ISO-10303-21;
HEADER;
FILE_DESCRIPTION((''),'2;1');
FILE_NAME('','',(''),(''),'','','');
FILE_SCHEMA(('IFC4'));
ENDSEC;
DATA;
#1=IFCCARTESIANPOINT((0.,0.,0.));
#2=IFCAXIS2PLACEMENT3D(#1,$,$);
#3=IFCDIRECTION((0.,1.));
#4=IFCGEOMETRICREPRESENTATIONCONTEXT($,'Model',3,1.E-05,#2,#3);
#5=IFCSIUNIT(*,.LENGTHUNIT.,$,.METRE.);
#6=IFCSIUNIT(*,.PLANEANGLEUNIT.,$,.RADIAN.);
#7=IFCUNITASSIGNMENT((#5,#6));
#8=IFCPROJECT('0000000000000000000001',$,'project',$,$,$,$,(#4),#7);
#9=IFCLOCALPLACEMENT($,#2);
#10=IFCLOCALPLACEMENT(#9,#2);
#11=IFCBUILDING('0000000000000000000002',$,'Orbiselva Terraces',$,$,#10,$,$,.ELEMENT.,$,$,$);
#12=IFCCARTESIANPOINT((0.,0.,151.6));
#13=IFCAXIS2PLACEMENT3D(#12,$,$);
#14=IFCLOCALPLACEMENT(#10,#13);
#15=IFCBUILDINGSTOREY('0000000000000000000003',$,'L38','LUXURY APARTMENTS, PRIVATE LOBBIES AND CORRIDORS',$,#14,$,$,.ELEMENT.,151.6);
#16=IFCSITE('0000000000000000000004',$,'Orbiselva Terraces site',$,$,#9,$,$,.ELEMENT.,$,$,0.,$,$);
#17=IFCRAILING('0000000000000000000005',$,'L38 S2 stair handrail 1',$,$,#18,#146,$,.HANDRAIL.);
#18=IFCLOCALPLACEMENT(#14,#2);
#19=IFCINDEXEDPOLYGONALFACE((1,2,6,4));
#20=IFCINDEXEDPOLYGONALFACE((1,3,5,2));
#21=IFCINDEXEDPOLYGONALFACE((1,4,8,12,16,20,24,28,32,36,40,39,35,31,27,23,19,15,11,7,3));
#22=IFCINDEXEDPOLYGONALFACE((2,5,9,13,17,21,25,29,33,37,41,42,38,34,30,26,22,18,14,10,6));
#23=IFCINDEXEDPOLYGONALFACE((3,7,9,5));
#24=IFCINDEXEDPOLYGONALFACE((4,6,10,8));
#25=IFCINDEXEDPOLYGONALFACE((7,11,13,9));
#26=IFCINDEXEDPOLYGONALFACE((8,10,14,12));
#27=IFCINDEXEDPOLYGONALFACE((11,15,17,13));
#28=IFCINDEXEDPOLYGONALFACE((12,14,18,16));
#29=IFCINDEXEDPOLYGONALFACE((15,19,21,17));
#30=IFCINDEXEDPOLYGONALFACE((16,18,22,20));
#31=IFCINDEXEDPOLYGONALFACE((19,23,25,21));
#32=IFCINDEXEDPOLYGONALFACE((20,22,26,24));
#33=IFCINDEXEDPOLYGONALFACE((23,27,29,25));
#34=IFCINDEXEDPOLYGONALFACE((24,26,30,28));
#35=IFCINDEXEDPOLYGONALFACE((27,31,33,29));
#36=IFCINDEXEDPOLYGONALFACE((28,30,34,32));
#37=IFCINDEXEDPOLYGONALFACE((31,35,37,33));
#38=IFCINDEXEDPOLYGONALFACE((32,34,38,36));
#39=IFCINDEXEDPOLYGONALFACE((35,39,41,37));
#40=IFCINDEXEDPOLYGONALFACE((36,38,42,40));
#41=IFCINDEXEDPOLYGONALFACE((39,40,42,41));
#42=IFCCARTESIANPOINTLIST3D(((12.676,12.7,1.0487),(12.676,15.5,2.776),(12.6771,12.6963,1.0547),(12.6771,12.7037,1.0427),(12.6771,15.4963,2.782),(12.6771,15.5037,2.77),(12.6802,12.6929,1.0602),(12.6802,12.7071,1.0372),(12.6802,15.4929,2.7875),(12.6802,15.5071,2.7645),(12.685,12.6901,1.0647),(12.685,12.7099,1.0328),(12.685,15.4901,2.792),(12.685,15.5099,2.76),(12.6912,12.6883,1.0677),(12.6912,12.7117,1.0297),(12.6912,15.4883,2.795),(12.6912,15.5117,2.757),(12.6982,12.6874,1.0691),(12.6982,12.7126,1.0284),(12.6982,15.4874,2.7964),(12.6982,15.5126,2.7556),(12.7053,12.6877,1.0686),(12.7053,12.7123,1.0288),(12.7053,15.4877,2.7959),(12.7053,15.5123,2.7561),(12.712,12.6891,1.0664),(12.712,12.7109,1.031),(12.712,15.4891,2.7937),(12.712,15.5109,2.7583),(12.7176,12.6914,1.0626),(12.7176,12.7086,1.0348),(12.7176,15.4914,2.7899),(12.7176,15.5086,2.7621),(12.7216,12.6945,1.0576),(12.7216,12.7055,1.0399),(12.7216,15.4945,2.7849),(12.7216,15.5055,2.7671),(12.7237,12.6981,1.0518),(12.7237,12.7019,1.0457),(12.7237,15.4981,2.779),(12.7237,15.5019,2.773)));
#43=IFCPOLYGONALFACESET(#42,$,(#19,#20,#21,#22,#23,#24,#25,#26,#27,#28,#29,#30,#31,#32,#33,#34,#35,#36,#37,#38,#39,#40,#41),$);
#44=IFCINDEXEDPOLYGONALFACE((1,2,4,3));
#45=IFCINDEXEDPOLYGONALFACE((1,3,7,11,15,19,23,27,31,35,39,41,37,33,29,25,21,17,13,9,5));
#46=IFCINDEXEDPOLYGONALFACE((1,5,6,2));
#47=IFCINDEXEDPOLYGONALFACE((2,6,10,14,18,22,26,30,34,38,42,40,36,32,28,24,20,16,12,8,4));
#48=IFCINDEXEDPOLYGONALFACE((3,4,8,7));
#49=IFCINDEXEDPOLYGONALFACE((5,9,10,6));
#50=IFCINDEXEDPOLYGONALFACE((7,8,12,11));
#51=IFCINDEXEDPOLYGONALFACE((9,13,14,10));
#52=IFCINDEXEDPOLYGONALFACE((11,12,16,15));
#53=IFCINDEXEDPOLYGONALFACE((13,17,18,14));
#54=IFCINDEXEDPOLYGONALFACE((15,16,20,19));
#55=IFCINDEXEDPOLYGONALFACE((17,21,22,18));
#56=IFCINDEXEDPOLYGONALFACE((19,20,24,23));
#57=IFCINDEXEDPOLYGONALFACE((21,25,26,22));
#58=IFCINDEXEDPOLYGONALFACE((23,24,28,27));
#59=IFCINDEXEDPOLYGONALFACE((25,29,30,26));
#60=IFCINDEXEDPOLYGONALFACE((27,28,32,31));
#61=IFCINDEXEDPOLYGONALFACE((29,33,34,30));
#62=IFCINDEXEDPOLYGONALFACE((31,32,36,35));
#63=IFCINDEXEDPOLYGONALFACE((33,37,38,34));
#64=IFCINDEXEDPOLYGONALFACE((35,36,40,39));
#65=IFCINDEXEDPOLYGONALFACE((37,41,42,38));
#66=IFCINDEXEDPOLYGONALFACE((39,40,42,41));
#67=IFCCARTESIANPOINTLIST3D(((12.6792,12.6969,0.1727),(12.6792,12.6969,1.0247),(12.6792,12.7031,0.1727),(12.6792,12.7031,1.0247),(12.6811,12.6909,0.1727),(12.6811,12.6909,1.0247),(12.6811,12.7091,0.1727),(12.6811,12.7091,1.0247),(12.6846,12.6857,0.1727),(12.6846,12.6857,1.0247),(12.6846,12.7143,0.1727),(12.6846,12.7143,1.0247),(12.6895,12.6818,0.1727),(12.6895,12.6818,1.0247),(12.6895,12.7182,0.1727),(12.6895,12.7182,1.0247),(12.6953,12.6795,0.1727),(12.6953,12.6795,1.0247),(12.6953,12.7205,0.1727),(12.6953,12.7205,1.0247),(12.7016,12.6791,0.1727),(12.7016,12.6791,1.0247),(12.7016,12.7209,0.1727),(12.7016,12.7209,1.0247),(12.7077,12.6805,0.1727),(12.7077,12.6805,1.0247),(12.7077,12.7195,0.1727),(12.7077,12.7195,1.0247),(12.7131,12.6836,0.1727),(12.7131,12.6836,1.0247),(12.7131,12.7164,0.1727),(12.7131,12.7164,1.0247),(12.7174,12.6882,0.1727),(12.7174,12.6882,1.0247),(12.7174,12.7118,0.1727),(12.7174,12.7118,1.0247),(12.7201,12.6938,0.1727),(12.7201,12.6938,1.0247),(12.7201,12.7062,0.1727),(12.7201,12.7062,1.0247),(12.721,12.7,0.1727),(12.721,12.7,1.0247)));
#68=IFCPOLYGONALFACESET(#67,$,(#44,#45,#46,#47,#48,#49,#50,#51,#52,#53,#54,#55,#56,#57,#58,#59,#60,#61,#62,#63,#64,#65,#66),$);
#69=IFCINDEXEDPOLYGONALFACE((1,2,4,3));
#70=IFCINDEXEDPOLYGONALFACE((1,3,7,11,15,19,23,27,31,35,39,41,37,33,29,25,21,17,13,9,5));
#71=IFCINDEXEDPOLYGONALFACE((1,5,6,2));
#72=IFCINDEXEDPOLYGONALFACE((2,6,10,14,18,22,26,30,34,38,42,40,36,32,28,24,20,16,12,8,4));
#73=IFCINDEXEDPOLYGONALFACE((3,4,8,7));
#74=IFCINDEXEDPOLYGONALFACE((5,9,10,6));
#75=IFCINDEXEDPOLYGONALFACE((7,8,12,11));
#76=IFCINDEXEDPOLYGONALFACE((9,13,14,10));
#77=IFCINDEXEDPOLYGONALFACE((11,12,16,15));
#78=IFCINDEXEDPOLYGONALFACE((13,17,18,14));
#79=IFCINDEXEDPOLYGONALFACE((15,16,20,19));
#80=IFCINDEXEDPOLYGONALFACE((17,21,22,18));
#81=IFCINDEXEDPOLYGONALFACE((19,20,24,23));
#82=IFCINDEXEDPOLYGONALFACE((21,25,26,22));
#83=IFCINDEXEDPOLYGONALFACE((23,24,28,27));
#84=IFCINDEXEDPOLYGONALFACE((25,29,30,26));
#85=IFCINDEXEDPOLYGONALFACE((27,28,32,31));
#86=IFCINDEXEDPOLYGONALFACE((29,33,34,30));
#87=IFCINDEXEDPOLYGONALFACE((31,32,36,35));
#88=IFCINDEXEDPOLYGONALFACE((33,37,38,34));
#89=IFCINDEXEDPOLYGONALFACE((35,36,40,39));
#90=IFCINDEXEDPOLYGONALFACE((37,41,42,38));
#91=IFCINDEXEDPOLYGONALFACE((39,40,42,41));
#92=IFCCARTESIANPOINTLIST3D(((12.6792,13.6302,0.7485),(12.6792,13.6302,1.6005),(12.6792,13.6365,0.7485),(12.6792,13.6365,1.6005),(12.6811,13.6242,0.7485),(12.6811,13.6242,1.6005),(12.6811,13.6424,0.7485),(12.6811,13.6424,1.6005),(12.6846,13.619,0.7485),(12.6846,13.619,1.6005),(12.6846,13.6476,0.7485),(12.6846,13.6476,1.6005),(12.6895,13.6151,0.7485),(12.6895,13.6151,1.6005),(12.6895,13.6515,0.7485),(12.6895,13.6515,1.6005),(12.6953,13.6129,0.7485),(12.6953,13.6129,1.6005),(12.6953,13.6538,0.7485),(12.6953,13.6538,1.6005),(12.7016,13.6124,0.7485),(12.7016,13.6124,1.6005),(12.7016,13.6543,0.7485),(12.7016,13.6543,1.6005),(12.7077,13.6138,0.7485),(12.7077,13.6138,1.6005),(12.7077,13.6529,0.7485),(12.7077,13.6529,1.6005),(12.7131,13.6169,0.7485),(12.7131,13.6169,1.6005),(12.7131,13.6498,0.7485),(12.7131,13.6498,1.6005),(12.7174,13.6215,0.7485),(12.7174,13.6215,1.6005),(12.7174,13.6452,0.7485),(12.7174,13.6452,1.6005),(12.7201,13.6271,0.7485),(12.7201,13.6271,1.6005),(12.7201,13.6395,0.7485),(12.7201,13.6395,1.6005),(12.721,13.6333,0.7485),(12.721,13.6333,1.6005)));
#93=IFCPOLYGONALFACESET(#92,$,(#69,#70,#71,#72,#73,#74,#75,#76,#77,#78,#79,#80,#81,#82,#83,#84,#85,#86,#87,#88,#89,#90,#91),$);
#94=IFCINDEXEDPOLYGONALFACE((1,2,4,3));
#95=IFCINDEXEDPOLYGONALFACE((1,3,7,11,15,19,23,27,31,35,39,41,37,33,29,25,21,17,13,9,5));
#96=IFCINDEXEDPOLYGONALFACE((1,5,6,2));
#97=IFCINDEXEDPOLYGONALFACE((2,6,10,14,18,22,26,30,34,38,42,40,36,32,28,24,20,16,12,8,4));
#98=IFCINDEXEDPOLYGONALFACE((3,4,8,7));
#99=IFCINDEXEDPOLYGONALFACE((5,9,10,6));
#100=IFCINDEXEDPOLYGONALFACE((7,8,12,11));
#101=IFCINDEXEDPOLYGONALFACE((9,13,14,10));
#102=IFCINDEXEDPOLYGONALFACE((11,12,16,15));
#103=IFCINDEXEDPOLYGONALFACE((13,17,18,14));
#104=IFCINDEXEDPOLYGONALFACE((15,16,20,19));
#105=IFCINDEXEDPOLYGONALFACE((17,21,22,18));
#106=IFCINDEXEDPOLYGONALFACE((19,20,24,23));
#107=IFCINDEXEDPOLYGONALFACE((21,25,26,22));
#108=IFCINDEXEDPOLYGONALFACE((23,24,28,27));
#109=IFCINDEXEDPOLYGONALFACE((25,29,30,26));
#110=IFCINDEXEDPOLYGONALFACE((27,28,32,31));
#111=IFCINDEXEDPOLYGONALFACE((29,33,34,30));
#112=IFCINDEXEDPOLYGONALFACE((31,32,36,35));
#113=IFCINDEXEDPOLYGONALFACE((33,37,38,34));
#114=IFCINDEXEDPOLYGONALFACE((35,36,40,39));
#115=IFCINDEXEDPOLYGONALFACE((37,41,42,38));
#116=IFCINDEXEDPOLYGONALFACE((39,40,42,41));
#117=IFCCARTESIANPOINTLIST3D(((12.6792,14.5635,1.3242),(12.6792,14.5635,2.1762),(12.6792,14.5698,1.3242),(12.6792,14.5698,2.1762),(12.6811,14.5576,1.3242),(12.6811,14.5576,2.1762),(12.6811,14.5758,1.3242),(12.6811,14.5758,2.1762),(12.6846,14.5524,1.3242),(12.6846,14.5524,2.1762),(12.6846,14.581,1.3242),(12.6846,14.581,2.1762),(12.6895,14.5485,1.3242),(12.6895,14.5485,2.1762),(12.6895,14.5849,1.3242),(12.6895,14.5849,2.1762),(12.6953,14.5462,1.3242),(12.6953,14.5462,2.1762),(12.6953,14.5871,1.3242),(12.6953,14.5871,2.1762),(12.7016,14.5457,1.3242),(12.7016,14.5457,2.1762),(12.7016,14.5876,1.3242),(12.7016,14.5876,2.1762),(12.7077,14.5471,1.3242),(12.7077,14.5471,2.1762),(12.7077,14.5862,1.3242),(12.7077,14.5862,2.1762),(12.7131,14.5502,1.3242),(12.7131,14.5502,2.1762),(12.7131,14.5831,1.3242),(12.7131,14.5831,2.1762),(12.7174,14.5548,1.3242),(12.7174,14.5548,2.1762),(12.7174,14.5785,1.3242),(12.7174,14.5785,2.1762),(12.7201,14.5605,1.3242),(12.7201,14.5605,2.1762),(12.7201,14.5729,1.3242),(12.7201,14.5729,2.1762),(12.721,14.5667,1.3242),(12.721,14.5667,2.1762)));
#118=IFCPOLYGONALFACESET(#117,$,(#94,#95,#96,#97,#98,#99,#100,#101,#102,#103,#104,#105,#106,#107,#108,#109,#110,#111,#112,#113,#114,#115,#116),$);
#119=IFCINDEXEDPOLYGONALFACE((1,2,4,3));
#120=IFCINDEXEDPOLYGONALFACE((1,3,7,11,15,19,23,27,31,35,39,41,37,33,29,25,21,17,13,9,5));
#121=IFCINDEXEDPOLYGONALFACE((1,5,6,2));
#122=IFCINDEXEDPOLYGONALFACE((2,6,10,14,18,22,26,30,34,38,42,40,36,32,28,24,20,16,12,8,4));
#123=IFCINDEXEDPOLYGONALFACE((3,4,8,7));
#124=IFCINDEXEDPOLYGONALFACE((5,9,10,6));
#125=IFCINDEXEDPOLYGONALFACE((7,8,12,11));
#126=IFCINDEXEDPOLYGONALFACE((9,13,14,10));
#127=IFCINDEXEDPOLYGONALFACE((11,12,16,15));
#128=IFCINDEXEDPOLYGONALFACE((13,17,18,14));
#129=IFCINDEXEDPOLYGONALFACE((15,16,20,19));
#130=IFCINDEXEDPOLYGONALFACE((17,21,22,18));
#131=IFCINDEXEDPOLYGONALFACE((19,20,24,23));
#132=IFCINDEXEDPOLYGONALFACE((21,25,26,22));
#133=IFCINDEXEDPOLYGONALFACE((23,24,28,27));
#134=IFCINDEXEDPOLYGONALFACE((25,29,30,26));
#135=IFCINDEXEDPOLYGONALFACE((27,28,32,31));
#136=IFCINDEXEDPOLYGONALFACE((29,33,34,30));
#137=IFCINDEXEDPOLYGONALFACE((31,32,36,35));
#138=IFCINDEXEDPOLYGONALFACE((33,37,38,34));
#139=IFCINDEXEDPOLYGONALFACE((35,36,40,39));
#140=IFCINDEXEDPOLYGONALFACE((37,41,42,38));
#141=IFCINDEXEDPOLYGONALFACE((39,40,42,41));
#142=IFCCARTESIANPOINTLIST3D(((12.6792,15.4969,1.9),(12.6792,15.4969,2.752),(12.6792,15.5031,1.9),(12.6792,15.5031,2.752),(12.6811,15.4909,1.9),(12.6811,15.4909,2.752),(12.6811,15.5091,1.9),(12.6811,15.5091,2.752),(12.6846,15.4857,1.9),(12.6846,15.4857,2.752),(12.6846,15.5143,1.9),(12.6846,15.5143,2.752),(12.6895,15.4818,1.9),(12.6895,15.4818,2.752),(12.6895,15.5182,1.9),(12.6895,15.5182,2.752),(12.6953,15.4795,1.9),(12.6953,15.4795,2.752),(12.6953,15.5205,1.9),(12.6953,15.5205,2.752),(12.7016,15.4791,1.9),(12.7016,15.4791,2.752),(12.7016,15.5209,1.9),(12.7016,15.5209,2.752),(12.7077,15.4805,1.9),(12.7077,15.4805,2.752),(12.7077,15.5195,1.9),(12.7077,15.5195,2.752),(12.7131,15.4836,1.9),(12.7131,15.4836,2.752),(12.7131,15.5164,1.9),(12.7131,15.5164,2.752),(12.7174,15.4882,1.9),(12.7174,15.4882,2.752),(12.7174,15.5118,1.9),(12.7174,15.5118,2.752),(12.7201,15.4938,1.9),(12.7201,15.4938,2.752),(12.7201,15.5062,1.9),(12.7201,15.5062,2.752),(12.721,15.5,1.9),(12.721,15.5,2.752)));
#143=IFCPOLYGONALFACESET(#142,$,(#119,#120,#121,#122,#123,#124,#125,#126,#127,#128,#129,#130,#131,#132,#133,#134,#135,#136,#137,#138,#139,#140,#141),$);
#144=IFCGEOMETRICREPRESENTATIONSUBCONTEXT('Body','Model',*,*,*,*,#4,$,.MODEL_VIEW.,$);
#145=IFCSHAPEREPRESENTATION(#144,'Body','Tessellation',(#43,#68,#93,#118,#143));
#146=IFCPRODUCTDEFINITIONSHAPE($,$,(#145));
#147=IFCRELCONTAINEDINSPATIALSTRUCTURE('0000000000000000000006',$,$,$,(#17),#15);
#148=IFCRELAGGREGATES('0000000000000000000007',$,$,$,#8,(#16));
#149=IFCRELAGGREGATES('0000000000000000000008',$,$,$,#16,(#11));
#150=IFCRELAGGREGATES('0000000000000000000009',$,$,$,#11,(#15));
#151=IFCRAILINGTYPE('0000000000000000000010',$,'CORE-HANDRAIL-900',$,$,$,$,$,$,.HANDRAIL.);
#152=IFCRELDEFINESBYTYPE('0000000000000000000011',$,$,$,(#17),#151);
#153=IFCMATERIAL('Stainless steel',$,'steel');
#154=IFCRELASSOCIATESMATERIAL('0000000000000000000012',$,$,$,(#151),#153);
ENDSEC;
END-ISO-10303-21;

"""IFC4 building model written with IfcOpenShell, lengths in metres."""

from ifc_helpers import new_model, si_unit, direction, frame, origin, origin_2d, place, context, subcontext, project, spatial, circle, extrude, material, type_object, element, save


model = new_model("IFC4")

# Units and contexts
model_context = context("Model", 3, precision=1e-05, world=origin(), true_north=direction((0.0, 1.0)))
body_context = subcontext(model_context, "Body", "Model", "MODEL_VIEW")
ifc_project = project(units=[si_unit("LENGTHUNIT", "METRE"), si_unit("PLANEANGLEUNIT", "RADIAN")], contexts=[model_context])

# Site, building, storey
site_placement = place(None, origin())
site = spatial("IfcSite", under=ifc_project, at=site_placement, Name="Orbiselva Terraces site", CompositionType="ELEMENT", RefElevation=0.0)
building_placement = place(site_placement, origin())
building = spatial("IfcBuilding", under=site, at=building_placement, Name="Orbiselva Terraces", CompositionType="ELEMENT")
storey_placement = place(building_placement, frame((0.0, 0.0, 151.6)))
storey = spatial("IfcBuildingStorey", under=building, at=storey_placement, Name="L38", Description="LUXURY APARTMENTS, PRIVATE LOBBIES AND CORRIDORS", CompositionType="ELEMENT", Elevation=151.6)

# Railing
ifc_material_1 = material(Name="Stainless steel", Category="steel")
railing_type = type_object("IfcRailingType", Name="CORE-HANDRAIL-900", PredefinedType="HANDRAIL", material=ifc_material_1)
railing_placement = place(storey_placement, frame((12.7, 12.7, 0.1727)))
element("IfcRailing", 1, at=railing_placement, inside=storey, type_object=railing_type, Name="L38 S2 stair handrail 1", PredefinedType="HANDRAIL", context=body_context, shape_type="SweptSolid", body=[
    extrude(circle(Radius=0.024, at=origin_2d()), frame((0.0, 0.0, 0.876), z_axis=(0.0, 0.851089, 0.525022), x_axis=(-1.0, 0.0, 0.0)), (0.0, 0.0, 1.0), 3.2899),
    extrude(circle(Radius=0.021, at=origin_2d()), origin(), (0.0, 0.0, 1.0), 0.852),
    extrude(circle(Radius=0.021, at=origin_2d()), frame((0.0, 0.9333, 0.5758)), (0.0, 0.0, 1.0), 0.852),
    extrude(circle(Radius=0.021, at=origin_2d()), frame((0.0, 1.8667, 1.1515)), (0.0, 0.0, 1.0), 0.852),
    extrude(circle(Radius=0.021, at=origin_2d()), frame((0.0, 2.8, 1.7273)), (0.0, 0.0, 1.0), 0.852),
])

save(model, "model.ifc")
